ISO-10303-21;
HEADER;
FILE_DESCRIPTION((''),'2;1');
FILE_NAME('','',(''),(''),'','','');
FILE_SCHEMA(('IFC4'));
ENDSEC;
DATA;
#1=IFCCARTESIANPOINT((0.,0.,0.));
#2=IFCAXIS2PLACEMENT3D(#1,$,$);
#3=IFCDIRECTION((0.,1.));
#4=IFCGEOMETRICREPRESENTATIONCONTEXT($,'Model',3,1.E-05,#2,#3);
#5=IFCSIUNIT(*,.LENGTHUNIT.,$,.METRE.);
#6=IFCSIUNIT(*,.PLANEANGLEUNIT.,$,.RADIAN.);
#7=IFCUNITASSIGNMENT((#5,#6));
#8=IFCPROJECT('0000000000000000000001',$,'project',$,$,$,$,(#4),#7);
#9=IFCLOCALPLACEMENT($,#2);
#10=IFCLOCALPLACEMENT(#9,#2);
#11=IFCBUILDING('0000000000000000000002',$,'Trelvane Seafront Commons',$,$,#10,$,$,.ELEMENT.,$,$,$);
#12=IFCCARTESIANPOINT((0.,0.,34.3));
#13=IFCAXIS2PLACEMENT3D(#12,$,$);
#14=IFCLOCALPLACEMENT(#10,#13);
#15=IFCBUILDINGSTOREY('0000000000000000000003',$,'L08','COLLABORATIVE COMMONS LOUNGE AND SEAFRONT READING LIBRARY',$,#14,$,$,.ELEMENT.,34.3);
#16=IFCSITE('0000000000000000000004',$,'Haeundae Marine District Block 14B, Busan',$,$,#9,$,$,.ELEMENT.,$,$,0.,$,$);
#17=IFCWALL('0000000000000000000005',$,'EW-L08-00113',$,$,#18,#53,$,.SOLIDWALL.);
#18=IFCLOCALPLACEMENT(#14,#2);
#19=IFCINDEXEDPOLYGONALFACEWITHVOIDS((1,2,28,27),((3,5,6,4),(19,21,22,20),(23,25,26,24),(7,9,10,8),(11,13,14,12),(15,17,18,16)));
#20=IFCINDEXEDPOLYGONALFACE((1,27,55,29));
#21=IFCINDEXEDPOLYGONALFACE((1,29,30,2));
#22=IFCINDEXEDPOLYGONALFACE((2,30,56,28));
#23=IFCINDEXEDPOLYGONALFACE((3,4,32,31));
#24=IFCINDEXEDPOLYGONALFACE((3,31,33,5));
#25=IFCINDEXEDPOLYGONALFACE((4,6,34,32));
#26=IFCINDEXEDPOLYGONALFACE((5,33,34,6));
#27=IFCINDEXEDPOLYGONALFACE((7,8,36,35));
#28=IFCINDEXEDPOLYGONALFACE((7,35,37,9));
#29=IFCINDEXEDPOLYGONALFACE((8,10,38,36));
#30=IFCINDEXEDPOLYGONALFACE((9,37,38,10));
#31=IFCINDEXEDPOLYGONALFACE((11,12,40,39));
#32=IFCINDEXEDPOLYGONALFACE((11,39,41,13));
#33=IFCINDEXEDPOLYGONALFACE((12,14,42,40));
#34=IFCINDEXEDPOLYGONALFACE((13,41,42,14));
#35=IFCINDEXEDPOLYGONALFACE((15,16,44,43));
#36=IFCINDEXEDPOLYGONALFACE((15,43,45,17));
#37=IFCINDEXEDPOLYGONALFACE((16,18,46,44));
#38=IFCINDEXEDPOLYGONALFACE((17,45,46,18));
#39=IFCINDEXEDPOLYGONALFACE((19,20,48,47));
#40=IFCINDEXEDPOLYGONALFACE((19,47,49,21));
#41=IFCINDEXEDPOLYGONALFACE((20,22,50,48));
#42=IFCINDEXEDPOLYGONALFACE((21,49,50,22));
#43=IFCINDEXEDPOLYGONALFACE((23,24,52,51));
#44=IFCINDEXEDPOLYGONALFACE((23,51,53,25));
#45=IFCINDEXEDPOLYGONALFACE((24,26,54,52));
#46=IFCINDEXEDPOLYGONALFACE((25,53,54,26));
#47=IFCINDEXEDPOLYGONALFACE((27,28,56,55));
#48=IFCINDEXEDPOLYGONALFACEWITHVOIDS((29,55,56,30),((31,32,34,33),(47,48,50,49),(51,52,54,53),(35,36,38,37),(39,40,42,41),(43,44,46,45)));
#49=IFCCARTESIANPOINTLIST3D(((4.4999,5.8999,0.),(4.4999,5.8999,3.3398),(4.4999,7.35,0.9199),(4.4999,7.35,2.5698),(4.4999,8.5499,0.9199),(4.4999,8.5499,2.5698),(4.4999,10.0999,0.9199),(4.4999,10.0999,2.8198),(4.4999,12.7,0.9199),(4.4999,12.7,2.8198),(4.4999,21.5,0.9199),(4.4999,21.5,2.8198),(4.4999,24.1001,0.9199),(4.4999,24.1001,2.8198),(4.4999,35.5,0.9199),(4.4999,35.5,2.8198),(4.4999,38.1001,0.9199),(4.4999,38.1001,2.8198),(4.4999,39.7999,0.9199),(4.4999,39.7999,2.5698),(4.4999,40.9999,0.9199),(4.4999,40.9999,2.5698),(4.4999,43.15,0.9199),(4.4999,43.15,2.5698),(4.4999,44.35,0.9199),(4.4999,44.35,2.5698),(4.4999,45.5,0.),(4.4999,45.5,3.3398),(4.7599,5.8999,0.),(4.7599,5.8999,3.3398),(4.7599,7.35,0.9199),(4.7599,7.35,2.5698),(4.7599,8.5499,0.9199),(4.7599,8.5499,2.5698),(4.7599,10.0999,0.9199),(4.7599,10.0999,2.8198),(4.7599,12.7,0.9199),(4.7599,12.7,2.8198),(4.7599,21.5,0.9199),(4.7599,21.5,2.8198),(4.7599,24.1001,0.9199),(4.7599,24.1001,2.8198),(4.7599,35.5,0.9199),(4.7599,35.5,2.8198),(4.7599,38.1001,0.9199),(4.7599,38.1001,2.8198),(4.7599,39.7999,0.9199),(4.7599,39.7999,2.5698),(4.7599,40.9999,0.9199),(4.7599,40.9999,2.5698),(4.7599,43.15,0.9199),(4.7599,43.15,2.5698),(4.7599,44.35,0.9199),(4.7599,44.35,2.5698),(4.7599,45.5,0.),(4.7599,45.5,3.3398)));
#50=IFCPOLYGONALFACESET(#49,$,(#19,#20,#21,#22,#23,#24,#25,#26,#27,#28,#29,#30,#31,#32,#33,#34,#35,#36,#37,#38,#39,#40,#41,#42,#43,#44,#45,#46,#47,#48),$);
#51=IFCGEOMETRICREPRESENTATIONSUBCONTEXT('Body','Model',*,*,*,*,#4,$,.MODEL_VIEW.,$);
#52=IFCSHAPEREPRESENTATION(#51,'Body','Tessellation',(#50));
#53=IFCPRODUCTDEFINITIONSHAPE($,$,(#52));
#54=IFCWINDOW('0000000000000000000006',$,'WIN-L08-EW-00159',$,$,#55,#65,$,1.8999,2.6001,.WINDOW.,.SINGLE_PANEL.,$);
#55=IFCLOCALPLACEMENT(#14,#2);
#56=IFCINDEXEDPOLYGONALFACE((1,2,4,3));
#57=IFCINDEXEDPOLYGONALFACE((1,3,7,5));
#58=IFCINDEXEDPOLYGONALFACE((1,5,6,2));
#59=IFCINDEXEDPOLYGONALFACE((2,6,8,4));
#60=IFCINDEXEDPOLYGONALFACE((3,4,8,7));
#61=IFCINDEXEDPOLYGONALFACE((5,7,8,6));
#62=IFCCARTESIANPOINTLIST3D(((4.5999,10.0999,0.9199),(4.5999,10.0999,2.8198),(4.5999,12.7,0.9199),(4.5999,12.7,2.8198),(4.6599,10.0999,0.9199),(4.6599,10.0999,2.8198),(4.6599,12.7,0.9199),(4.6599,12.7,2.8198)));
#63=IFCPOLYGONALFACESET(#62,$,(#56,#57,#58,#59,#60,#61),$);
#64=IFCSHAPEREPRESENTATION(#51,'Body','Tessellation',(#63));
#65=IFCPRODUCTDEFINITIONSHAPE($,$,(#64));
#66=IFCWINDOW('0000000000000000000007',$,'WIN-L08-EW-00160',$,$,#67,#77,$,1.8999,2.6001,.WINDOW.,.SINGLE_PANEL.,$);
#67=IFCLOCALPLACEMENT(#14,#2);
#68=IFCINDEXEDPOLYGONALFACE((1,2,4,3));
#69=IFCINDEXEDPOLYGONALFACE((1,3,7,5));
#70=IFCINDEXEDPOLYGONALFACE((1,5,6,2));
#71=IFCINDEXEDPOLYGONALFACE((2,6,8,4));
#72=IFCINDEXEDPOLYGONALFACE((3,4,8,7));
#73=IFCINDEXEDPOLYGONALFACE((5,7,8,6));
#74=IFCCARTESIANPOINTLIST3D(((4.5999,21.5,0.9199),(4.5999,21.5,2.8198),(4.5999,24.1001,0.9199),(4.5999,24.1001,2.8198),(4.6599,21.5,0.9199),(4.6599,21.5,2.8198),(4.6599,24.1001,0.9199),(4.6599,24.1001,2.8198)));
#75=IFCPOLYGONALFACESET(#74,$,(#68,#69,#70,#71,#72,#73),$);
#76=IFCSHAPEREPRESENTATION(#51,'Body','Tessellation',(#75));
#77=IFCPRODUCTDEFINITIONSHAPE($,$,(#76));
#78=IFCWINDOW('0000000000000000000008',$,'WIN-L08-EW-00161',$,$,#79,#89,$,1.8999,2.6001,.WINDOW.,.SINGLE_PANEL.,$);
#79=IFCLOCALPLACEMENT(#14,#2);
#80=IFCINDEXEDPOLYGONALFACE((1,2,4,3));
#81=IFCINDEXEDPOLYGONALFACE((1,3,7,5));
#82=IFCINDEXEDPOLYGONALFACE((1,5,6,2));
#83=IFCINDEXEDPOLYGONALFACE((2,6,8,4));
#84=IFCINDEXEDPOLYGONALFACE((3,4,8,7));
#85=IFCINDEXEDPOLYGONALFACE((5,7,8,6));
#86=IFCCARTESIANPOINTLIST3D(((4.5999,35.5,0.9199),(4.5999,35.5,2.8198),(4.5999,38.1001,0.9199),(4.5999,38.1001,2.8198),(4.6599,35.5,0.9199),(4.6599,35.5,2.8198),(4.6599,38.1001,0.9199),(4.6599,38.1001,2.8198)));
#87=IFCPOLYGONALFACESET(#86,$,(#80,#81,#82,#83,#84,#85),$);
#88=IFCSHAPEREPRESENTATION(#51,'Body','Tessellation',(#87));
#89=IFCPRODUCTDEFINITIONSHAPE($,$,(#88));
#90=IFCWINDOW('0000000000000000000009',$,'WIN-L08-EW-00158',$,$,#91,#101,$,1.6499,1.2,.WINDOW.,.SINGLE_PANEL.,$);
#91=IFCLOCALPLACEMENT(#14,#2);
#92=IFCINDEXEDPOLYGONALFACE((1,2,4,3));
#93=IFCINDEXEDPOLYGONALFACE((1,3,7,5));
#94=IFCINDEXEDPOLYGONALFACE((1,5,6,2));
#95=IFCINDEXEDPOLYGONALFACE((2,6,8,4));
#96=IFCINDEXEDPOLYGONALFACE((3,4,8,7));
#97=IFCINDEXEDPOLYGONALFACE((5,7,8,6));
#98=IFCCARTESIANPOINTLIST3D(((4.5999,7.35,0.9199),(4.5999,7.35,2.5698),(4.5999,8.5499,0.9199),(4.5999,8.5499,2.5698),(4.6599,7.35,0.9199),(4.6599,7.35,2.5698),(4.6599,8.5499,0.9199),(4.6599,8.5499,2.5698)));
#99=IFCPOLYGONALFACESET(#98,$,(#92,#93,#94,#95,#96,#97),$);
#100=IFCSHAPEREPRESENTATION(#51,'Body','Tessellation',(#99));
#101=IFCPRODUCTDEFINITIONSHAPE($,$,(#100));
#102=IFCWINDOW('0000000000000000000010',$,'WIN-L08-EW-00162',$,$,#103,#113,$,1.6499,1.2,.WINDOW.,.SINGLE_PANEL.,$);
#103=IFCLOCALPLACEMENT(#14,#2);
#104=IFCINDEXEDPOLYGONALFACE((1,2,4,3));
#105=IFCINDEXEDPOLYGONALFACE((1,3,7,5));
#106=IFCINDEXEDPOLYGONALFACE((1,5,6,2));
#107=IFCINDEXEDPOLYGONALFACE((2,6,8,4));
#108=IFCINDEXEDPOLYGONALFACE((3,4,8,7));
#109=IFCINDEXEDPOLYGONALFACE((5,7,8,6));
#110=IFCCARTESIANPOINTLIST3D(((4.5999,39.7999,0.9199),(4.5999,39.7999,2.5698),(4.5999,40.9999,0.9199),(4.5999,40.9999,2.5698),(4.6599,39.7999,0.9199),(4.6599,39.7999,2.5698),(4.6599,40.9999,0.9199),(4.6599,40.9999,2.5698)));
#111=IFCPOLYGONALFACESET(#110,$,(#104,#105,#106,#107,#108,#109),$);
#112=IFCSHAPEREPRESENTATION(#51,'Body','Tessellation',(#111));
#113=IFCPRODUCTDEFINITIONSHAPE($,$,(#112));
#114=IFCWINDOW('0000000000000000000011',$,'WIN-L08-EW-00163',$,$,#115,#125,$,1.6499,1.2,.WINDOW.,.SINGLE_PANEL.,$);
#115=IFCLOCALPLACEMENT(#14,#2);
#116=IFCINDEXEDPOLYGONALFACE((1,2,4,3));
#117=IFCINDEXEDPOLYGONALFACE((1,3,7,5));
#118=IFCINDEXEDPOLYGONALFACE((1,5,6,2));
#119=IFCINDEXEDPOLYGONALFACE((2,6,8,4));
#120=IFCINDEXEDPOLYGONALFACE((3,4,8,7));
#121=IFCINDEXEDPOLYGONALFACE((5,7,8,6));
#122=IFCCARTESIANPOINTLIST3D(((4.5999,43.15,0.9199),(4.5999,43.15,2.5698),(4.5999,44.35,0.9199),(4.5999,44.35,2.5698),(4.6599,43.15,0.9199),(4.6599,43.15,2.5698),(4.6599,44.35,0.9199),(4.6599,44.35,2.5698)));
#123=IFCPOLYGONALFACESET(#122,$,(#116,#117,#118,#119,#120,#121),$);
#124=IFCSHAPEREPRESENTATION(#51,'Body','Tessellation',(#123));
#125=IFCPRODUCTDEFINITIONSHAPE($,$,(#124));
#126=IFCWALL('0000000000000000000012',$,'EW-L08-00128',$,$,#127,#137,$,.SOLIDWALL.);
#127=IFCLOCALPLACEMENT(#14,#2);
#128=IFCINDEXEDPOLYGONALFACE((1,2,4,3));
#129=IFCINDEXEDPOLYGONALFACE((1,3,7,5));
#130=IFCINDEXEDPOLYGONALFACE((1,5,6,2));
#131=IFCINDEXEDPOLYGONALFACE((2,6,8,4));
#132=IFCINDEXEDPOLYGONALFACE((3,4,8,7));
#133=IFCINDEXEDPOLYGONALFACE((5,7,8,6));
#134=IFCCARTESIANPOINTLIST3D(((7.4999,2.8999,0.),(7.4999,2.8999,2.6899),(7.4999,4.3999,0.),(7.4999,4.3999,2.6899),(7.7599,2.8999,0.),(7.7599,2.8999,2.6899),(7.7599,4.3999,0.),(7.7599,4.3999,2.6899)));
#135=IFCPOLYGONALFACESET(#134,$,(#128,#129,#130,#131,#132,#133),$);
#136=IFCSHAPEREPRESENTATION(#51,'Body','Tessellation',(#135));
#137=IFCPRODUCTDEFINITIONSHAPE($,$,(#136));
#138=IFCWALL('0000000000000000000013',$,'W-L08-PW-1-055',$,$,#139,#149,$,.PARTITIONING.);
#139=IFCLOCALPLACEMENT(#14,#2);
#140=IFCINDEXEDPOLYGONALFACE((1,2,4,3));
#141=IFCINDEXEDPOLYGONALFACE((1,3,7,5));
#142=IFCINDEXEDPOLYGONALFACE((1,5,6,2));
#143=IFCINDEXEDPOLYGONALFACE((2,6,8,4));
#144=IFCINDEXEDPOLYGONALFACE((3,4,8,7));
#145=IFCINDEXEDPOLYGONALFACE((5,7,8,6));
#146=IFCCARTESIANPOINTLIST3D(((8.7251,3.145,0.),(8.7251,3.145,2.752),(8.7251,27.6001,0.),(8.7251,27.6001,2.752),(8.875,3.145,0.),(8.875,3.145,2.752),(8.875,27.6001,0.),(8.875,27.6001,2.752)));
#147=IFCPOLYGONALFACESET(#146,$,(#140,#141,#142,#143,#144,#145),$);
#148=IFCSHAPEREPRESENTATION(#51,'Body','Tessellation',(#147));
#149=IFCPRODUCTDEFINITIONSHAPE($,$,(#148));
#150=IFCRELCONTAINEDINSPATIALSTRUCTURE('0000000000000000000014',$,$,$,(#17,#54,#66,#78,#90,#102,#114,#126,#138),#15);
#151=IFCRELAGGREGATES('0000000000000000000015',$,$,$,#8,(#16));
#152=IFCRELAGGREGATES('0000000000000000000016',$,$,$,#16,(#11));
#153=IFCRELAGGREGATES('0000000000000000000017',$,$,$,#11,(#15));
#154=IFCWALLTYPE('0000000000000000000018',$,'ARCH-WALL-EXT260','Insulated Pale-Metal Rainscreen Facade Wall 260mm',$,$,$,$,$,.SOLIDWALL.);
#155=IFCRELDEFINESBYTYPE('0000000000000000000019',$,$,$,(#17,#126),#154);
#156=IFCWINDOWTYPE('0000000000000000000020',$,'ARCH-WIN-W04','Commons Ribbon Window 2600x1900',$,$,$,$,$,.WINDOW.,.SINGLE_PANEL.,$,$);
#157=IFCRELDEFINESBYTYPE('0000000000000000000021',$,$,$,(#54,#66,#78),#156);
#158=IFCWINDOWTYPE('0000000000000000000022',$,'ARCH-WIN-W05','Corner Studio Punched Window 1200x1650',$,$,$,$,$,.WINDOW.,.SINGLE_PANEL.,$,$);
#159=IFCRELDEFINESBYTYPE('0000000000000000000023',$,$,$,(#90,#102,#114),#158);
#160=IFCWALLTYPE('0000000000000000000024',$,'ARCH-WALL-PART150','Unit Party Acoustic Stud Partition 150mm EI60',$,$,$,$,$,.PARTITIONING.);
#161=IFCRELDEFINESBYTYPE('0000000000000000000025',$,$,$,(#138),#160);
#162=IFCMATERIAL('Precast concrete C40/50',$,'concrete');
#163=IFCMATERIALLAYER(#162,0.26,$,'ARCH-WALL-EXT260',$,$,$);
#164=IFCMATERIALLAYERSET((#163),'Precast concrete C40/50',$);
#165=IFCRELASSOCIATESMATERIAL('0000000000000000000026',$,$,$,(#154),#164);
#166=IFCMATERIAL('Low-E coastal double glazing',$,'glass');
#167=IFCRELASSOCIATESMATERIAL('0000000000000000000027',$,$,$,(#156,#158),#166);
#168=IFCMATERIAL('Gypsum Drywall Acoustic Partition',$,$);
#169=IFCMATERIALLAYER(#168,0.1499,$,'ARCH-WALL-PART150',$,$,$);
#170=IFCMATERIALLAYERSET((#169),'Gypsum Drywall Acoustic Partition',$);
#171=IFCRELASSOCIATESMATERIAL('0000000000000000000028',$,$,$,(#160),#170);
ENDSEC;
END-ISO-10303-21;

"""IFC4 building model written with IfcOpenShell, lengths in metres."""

from ifc_helpers import new_model, si_unit, direction, frame, frame_2d, origin, place, context, subcontext, project, spatial, rectangle, extrude, source, transform, mapped, material, layer, layer_set, type_object, element, fill, save


model = new_model("IFC4")

# Units and contexts
model_context = context("Model", 3, precision=1e-05, world=origin(), true_north=direction((0.0, 1.0)))
body_context = subcontext(model_context, "Body", "Model", "MODEL_VIEW")
ifc_project = project(units=[si_unit("LENGTHUNIT", "METRE"), si_unit("PLANEANGLEUNIT", "RADIAN")], contexts=[model_context])

# Site, building, storey
site_placement = place(None, origin())
site = spatial("IfcSite", under=ifc_project, at=site_placement, Name="Haeundae Marine District Block 14B, Busan", CompositionType="ELEMENT", RefElevation=0.0)
building_placement = place(site_placement, origin())
building = spatial("IfcBuilding", under=site, at=building_placement, Name="Trelvane Seafront Commons", CompositionType="ELEMENT")
storey_placement = place(building_placement, frame((0.0, 0.0, 34.3)))
storey = spatial("IfcBuildingStorey", under=building, at=storey_placement, Name="L08", Description="COLLABORATIVE COMMONS LOUNGE AND SEAFRONT READING LIBRARY", CompositionType="ELEMENT", Elevation=34.3)

# Shared definitions
ifc_material_1 = material(Name="Precast concrete C40/50", Category="concrete")
ifc_layer_1 = layer(ifc_material_1, 0.26, Name="ARCH-WALL-EXT260")
ifc_layer_set_1 = layer_set([ifc_layer_1], Name="Precast concrete C40/50")
wall_type_1 = type_object("IfcWallType", Name="ARCH-WALL-EXT260", Description="Insulated Pale-Metal Rainscreen Facade Wall 260mm", PredefinedType="SOLIDWALL", material=ifc_layer_set_1)

# Wall, openings, windows
wall_1_placement = place(storey_placement, frame((4.6299, 5.8999, 0.0), z_axis=(0.0, 0.0, 1.0), x_axis=(0.0, 1.0, 0.0)))
wall_1 = element("IfcWall", 1, at=wall_1_placement, inside=storey, type_object=wall_type_1, Name="EW-L08-00113", PredefinedType="SOLIDWALL", context=body_context, shape_type="SweptSolid", body=[
    extrude(rectangle(XDim=39.6001, YDim=0.26, at=frame_2d((19.8, 0.0))), origin(), (0.0, 0.0, 1.0), 3.3398),
])
opening_1_placement = place(wall_1_placement, frame((1.45, 0.0, 0.9199)))
opening_1 = element("IfcOpeningElement", 2, at=opening_1_placement, cuts=wall_1, PredefinedType="OPENING", context=body_context, shape_type="SweptSolid", body=[
    extrude(rectangle(XDim=1.2, YDim=1.6499, at=frame_2d((0.6001, 0.825))), frame((0.0, 0.1399, 0.0), z_axis=(0.0, -1.0, 0.0), x_axis=(1.0, 0.0, 0.0)), (0.0, 0.0, 1.0), 0.28),
])
opening_2_placement = place(wall_1_placement, frame((4.2, 0.0, 0.9199)))
opening_2 = element("IfcOpeningElement", 3, at=opening_2_placement, cuts=wall_1, PredefinedType="OPENING", context=body_context, shape_type="SweptSolid", body=[
    extrude(rectangle(XDim=2.6001, YDim=1.8999, at=frame_2d((1.3, 0.95))), frame((0.0, 0.1399, 0.0), z_axis=(0.0, -1.0, 0.0), x_axis=(1.0, 0.0, 0.0)), (0.0, 0.0, 1.0), 0.28),
])
opening_3_placement = place(wall_1_placement, frame((15.6001, 0.0, 0.9199)))
opening_3 = element("IfcOpeningElement", 4, at=opening_3_placement, cuts=wall_1, PredefinedType="OPENING", context=body_context, shape_type="SweptSolid", body=[
    extrude(rectangle(XDim=2.6001, YDim=1.8999, at=frame_2d((1.3, 0.95))), frame((0.0, 0.1399, 0.0), z_axis=(0.0, -1.0, 0.0), x_axis=(1.0, 0.0, 0.0)), (0.0, 0.0, 1.0), 0.28),
])
opening_4_placement = place(wall_1_placement, frame((29.6001, 0.0, 0.9199)))
opening_4 = element("IfcOpeningElement", 5, at=opening_4_placement, cuts=wall_1, PredefinedType="OPENING", context=body_context, shape_type="SweptSolid", body=[
    extrude(rectangle(XDim=2.6001, YDim=1.8999, at=frame_2d((1.3, 0.95))), frame((0.0, 0.1399, 0.0), z_axis=(0.0, -1.0, 0.0), x_axis=(1.0, 0.0, 0.0)), (0.0, 0.0, 1.0), 0.28),
])
opening_5_placement = place(wall_1_placement, frame((33.8999, 0.0, 0.9199)))
opening_5 = element("IfcOpeningElement", 6, at=opening_5_placement, cuts=wall_1, PredefinedType="OPENING", context=body_context, shape_type="SweptSolid", body=[
    extrude(rectangle(XDim=1.2, YDim=1.6499, at=frame_2d((0.6001, 0.825))), frame((0.0, 0.1399, 0.0), z_axis=(0.0, -1.0, 0.0), x_axis=(1.0, 0.0, 0.0)), (0.0, 0.0, 1.0), 0.28),
])
opening_6_placement = place(wall_1_placement, frame((37.25, 0.0, 0.9199)))
opening_6 = element("IfcOpeningElement", 7, at=opening_6_placement, cuts=wall_1, PredefinedType="OPENING", context=body_context, shape_type="SweptSolid", body=[
    extrude(rectangle(XDim=1.2, YDim=1.6499, at=frame_2d((0.6001, 0.825))), frame((0.0, 0.1399, 0.0), z_axis=(0.0, -1.0, 0.0), x_axis=(1.0, 0.0, 0.0)), (0.0, 0.0, 1.0), 0.28),
])
ifc_material_2 = material(Name="Low-E coastal double glazing", Category="glass")
window_type_1 = type_object("IfcWindowType", Name="ARCH-WIN-W04", Description="Commons Ribbon Window 2600x1900", PartitioningType="SINGLE_PANEL", PredefinedType="WINDOW", material=ifc_material_2)
shared_shape_1 = source(origin(), body_context, "Body", "SweptSolid", [
    extrude(rectangle(XDim=2.6001, YDim=1.8999, at=frame_2d((1.3, 0.95))), frame((0.0, 0.03, 0.0), z_axis=(0.0, -1.0, 0.0), x_axis=(1.0, 0.0, 0.0)), (0.0, 0.0, 1.0), 0.0601),
])
window_1_placement = place(opening_2_placement, origin())
window_1 = element("IfcWindow", 8, at=window_1_placement, inside=storey, type_object=window_type_1, Name="WIN-L08-EW-00159", OverallHeight=1.8999, OverallWidth=2.6001, PartitioningType="SINGLE_PANEL", PredefinedType="WINDOW", context=body_context, shape_type="MappedRepresentation", body=[
    mapped(shared_shape_1, transform((0.0, 0.0, 0.0), x_axis=(1.0, 0.0, 0.0), y_axis=(0.0, 1.0, 0.0), z_axis=(0.0, 0.0, 1.0), scale=1.0)),
])
fill(opening_2, window_1)
window_2_placement = place(opening_3_placement, origin())
window_2 = element("IfcWindow", 9, at=window_2_placement, inside=storey, type_object=window_type_1, Name="WIN-L08-EW-00160", OverallHeight=1.8999, OverallWidth=2.6001, PartitioningType="SINGLE_PANEL", PredefinedType="WINDOW", context=body_context, shape_type="MappedRepresentation", body=[
    mapped(shared_shape_1, transform((0.0, 0.0, 0.0), x_axis=(1.0, 0.0, 0.0), y_axis=(0.0, 1.0, 0.0), z_axis=(0.0, 0.0, 1.0), scale=1.0)),
])
fill(opening_3, window_2)
window_3_placement = place(opening_4_placement, origin())
window_3 = element("IfcWindow", 10, at=window_3_placement, inside=storey, type_object=window_type_1, Name="WIN-L08-EW-00161", OverallHeight=1.8999, OverallWidth=2.6001, PartitioningType="SINGLE_PANEL", PredefinedType="WINDOW", context=body_context, shape_type="MappedRepresentation", body=[
    mapped(shared_shape_1, transform((0.0, 0.0, 0.0), x_axis=(1.0, 0.0, 0.0), y_axis=(0.0, 1.0, 0.0), z_axis=(0.0, 0.0, 1.0), scale=1.0)),
])
fill(opening_4, window_3)
window_type_2 = type_object("IfcWindowType", Name="ARCH-WIN-W05", Description="Corner Studio Punched Window 1200x1650", PartitioningType="SINGLE_PANEL", PredefinedType="WINDOW", material=ifc_material_2)
shared_shape_2 = source(origin(), body_context, "Body", "SweptSolid", [
    extrude(rectangle(XDim=1.2, YDim=1.6499, at=frame_2d((0.6001, 0.825))), frame((0.0, 0.03, 0.0), z_axis=(0.0, -1.0, 0.0), x_axis=(1.0, 0.0, 0.0)), (0.0, 0.0, 1.0), 0.0601),
])
window_4_placement = place(opening_1_placement, origin())
window_4 = element("IfcWindow", 11, at=window_4_placement, inside=storey, type_object=window_type_2, Name="WIN-L08-EW-00158", OverallHeight=1.6499, OverallWidth=1.2, PartitioningType="SINGLE_PANEL", PredefinedType="WINDOW", context=body_context, shape_type="MappedRepresentation", body=[
    mapped(shared_shape_2, transform((0.0, 0.0, 0.0), x_axis=(1.0, 0.0, 0.0), y_axis=(0.0, 1.0, 0.0), z_axis=(0.0, 0.0, 1.0), scale=1.0)),
])
fill(opening_1, window_4)
window_5_placement = place(opening_5_placement, origin())
window_5 = element("IfcWindow", 12, at=window_5_placement, inside=storey, type_object=window_type_2, Name="WIN-L08-EW-00162", OverallHeight=1.6499, OverallWidth=1.2, PartitioningType="SINGLE_PANEL", PredefinedType="WINDOW", context=body_context, shape_type="MappedRepresentation", body=[
    mapped(shared_shape_2, transform((0.0, 0.0, 0.0), x_axis=(1.0, 0.0, 0.0), y_axis=(0.0, 1.0, 0.0), z_axis=(0.0, 0.0, 1.0), scale=1.0)),
])
fill(opening_5, window_5)
window_6_placement = place(opening_6_placement, origin())
window_6 = element("IfcWindow", 13, at=window_6_placement, inside=storey, type_object=window_type_2, Name="WIN-L08-EW-00163", OverallHeight=1.6499, OverallWidth=1.2, PartitioningType="SINGLE_PANEL", PredefinedType="WINDOW", context=body_context, shape_type="MappedRepresentation", body=[
    mapped(shared_shape_2, transform((0.0, 0.0, 0.0), x_axis=(1.0, 0.0, 0.0), y_axis=(0.0, 1.0, 0.0), z_axis=(0.0, 0.0, 1.0), scale=1.0)),
])
fill(opening_6, window_6)

# Walls
wall_2_placement = place(storey_placement, frame((7.6299, 2.8999, 0.0), z_axis=(0.0, 0.0, 1.0), x_axis=(0.0, 1.0, 0.0)))
element("IfcWall", 14, at=wall_2_placement, inside=storey, type_object=wall_type_1, Name="EW-L08-00128", PredefinedType="SOLIDWALL", context=body_context, shape_type="SweptSolid", body=[
    extrude(rectangle(XDim=1.5, YDim=0.26, at=frame_2d((0.75, 0.0))), origin(), (0.0, 0.0, 1.0), 2.6899),
])
ifc_material_3 = material(Name="Gypsum Drywall Acoustic Partition")
ifc_layer_2 = layer(ifc_material_3, 0.1499, Name="ARCH-WALL-PART150")
ifc_layer_set_2 = layer_set([ifc_layer_2], Name="Gypsum Drywall Acoustic Partition")
wall_type_2 = type_object("IfcWallType", Name="ARCH-WALL-PART150", Description="Unit Party Acoustic Stud Partition 150mm EI60", PredefinedType="PARTITIONING", material=ifc_layer_set_2)
wall_3_placement = place(storey_placement, frame((8.8, 3.145, 0.0), z_axis=(0.0, 0.0, 1.0), x_axis=(0.0, 1.0, 0.0)))
element("IfcWall", 15, at=wall_3_placement, inside=storey, type_object=wall_type_2, Name="W-L08-PW-1-055", PredefinedType="PARTITIONING", context=body_context, shape_type="SweptSolid", body=[
    extrude(rectangle(XDim=24.4551, YDim=0.1499, at=frame_2d((12.2275, 0.0))), origin(), (0.0, 0.0, 1.0), 2.752),
])

save(model, "model.ifc")
